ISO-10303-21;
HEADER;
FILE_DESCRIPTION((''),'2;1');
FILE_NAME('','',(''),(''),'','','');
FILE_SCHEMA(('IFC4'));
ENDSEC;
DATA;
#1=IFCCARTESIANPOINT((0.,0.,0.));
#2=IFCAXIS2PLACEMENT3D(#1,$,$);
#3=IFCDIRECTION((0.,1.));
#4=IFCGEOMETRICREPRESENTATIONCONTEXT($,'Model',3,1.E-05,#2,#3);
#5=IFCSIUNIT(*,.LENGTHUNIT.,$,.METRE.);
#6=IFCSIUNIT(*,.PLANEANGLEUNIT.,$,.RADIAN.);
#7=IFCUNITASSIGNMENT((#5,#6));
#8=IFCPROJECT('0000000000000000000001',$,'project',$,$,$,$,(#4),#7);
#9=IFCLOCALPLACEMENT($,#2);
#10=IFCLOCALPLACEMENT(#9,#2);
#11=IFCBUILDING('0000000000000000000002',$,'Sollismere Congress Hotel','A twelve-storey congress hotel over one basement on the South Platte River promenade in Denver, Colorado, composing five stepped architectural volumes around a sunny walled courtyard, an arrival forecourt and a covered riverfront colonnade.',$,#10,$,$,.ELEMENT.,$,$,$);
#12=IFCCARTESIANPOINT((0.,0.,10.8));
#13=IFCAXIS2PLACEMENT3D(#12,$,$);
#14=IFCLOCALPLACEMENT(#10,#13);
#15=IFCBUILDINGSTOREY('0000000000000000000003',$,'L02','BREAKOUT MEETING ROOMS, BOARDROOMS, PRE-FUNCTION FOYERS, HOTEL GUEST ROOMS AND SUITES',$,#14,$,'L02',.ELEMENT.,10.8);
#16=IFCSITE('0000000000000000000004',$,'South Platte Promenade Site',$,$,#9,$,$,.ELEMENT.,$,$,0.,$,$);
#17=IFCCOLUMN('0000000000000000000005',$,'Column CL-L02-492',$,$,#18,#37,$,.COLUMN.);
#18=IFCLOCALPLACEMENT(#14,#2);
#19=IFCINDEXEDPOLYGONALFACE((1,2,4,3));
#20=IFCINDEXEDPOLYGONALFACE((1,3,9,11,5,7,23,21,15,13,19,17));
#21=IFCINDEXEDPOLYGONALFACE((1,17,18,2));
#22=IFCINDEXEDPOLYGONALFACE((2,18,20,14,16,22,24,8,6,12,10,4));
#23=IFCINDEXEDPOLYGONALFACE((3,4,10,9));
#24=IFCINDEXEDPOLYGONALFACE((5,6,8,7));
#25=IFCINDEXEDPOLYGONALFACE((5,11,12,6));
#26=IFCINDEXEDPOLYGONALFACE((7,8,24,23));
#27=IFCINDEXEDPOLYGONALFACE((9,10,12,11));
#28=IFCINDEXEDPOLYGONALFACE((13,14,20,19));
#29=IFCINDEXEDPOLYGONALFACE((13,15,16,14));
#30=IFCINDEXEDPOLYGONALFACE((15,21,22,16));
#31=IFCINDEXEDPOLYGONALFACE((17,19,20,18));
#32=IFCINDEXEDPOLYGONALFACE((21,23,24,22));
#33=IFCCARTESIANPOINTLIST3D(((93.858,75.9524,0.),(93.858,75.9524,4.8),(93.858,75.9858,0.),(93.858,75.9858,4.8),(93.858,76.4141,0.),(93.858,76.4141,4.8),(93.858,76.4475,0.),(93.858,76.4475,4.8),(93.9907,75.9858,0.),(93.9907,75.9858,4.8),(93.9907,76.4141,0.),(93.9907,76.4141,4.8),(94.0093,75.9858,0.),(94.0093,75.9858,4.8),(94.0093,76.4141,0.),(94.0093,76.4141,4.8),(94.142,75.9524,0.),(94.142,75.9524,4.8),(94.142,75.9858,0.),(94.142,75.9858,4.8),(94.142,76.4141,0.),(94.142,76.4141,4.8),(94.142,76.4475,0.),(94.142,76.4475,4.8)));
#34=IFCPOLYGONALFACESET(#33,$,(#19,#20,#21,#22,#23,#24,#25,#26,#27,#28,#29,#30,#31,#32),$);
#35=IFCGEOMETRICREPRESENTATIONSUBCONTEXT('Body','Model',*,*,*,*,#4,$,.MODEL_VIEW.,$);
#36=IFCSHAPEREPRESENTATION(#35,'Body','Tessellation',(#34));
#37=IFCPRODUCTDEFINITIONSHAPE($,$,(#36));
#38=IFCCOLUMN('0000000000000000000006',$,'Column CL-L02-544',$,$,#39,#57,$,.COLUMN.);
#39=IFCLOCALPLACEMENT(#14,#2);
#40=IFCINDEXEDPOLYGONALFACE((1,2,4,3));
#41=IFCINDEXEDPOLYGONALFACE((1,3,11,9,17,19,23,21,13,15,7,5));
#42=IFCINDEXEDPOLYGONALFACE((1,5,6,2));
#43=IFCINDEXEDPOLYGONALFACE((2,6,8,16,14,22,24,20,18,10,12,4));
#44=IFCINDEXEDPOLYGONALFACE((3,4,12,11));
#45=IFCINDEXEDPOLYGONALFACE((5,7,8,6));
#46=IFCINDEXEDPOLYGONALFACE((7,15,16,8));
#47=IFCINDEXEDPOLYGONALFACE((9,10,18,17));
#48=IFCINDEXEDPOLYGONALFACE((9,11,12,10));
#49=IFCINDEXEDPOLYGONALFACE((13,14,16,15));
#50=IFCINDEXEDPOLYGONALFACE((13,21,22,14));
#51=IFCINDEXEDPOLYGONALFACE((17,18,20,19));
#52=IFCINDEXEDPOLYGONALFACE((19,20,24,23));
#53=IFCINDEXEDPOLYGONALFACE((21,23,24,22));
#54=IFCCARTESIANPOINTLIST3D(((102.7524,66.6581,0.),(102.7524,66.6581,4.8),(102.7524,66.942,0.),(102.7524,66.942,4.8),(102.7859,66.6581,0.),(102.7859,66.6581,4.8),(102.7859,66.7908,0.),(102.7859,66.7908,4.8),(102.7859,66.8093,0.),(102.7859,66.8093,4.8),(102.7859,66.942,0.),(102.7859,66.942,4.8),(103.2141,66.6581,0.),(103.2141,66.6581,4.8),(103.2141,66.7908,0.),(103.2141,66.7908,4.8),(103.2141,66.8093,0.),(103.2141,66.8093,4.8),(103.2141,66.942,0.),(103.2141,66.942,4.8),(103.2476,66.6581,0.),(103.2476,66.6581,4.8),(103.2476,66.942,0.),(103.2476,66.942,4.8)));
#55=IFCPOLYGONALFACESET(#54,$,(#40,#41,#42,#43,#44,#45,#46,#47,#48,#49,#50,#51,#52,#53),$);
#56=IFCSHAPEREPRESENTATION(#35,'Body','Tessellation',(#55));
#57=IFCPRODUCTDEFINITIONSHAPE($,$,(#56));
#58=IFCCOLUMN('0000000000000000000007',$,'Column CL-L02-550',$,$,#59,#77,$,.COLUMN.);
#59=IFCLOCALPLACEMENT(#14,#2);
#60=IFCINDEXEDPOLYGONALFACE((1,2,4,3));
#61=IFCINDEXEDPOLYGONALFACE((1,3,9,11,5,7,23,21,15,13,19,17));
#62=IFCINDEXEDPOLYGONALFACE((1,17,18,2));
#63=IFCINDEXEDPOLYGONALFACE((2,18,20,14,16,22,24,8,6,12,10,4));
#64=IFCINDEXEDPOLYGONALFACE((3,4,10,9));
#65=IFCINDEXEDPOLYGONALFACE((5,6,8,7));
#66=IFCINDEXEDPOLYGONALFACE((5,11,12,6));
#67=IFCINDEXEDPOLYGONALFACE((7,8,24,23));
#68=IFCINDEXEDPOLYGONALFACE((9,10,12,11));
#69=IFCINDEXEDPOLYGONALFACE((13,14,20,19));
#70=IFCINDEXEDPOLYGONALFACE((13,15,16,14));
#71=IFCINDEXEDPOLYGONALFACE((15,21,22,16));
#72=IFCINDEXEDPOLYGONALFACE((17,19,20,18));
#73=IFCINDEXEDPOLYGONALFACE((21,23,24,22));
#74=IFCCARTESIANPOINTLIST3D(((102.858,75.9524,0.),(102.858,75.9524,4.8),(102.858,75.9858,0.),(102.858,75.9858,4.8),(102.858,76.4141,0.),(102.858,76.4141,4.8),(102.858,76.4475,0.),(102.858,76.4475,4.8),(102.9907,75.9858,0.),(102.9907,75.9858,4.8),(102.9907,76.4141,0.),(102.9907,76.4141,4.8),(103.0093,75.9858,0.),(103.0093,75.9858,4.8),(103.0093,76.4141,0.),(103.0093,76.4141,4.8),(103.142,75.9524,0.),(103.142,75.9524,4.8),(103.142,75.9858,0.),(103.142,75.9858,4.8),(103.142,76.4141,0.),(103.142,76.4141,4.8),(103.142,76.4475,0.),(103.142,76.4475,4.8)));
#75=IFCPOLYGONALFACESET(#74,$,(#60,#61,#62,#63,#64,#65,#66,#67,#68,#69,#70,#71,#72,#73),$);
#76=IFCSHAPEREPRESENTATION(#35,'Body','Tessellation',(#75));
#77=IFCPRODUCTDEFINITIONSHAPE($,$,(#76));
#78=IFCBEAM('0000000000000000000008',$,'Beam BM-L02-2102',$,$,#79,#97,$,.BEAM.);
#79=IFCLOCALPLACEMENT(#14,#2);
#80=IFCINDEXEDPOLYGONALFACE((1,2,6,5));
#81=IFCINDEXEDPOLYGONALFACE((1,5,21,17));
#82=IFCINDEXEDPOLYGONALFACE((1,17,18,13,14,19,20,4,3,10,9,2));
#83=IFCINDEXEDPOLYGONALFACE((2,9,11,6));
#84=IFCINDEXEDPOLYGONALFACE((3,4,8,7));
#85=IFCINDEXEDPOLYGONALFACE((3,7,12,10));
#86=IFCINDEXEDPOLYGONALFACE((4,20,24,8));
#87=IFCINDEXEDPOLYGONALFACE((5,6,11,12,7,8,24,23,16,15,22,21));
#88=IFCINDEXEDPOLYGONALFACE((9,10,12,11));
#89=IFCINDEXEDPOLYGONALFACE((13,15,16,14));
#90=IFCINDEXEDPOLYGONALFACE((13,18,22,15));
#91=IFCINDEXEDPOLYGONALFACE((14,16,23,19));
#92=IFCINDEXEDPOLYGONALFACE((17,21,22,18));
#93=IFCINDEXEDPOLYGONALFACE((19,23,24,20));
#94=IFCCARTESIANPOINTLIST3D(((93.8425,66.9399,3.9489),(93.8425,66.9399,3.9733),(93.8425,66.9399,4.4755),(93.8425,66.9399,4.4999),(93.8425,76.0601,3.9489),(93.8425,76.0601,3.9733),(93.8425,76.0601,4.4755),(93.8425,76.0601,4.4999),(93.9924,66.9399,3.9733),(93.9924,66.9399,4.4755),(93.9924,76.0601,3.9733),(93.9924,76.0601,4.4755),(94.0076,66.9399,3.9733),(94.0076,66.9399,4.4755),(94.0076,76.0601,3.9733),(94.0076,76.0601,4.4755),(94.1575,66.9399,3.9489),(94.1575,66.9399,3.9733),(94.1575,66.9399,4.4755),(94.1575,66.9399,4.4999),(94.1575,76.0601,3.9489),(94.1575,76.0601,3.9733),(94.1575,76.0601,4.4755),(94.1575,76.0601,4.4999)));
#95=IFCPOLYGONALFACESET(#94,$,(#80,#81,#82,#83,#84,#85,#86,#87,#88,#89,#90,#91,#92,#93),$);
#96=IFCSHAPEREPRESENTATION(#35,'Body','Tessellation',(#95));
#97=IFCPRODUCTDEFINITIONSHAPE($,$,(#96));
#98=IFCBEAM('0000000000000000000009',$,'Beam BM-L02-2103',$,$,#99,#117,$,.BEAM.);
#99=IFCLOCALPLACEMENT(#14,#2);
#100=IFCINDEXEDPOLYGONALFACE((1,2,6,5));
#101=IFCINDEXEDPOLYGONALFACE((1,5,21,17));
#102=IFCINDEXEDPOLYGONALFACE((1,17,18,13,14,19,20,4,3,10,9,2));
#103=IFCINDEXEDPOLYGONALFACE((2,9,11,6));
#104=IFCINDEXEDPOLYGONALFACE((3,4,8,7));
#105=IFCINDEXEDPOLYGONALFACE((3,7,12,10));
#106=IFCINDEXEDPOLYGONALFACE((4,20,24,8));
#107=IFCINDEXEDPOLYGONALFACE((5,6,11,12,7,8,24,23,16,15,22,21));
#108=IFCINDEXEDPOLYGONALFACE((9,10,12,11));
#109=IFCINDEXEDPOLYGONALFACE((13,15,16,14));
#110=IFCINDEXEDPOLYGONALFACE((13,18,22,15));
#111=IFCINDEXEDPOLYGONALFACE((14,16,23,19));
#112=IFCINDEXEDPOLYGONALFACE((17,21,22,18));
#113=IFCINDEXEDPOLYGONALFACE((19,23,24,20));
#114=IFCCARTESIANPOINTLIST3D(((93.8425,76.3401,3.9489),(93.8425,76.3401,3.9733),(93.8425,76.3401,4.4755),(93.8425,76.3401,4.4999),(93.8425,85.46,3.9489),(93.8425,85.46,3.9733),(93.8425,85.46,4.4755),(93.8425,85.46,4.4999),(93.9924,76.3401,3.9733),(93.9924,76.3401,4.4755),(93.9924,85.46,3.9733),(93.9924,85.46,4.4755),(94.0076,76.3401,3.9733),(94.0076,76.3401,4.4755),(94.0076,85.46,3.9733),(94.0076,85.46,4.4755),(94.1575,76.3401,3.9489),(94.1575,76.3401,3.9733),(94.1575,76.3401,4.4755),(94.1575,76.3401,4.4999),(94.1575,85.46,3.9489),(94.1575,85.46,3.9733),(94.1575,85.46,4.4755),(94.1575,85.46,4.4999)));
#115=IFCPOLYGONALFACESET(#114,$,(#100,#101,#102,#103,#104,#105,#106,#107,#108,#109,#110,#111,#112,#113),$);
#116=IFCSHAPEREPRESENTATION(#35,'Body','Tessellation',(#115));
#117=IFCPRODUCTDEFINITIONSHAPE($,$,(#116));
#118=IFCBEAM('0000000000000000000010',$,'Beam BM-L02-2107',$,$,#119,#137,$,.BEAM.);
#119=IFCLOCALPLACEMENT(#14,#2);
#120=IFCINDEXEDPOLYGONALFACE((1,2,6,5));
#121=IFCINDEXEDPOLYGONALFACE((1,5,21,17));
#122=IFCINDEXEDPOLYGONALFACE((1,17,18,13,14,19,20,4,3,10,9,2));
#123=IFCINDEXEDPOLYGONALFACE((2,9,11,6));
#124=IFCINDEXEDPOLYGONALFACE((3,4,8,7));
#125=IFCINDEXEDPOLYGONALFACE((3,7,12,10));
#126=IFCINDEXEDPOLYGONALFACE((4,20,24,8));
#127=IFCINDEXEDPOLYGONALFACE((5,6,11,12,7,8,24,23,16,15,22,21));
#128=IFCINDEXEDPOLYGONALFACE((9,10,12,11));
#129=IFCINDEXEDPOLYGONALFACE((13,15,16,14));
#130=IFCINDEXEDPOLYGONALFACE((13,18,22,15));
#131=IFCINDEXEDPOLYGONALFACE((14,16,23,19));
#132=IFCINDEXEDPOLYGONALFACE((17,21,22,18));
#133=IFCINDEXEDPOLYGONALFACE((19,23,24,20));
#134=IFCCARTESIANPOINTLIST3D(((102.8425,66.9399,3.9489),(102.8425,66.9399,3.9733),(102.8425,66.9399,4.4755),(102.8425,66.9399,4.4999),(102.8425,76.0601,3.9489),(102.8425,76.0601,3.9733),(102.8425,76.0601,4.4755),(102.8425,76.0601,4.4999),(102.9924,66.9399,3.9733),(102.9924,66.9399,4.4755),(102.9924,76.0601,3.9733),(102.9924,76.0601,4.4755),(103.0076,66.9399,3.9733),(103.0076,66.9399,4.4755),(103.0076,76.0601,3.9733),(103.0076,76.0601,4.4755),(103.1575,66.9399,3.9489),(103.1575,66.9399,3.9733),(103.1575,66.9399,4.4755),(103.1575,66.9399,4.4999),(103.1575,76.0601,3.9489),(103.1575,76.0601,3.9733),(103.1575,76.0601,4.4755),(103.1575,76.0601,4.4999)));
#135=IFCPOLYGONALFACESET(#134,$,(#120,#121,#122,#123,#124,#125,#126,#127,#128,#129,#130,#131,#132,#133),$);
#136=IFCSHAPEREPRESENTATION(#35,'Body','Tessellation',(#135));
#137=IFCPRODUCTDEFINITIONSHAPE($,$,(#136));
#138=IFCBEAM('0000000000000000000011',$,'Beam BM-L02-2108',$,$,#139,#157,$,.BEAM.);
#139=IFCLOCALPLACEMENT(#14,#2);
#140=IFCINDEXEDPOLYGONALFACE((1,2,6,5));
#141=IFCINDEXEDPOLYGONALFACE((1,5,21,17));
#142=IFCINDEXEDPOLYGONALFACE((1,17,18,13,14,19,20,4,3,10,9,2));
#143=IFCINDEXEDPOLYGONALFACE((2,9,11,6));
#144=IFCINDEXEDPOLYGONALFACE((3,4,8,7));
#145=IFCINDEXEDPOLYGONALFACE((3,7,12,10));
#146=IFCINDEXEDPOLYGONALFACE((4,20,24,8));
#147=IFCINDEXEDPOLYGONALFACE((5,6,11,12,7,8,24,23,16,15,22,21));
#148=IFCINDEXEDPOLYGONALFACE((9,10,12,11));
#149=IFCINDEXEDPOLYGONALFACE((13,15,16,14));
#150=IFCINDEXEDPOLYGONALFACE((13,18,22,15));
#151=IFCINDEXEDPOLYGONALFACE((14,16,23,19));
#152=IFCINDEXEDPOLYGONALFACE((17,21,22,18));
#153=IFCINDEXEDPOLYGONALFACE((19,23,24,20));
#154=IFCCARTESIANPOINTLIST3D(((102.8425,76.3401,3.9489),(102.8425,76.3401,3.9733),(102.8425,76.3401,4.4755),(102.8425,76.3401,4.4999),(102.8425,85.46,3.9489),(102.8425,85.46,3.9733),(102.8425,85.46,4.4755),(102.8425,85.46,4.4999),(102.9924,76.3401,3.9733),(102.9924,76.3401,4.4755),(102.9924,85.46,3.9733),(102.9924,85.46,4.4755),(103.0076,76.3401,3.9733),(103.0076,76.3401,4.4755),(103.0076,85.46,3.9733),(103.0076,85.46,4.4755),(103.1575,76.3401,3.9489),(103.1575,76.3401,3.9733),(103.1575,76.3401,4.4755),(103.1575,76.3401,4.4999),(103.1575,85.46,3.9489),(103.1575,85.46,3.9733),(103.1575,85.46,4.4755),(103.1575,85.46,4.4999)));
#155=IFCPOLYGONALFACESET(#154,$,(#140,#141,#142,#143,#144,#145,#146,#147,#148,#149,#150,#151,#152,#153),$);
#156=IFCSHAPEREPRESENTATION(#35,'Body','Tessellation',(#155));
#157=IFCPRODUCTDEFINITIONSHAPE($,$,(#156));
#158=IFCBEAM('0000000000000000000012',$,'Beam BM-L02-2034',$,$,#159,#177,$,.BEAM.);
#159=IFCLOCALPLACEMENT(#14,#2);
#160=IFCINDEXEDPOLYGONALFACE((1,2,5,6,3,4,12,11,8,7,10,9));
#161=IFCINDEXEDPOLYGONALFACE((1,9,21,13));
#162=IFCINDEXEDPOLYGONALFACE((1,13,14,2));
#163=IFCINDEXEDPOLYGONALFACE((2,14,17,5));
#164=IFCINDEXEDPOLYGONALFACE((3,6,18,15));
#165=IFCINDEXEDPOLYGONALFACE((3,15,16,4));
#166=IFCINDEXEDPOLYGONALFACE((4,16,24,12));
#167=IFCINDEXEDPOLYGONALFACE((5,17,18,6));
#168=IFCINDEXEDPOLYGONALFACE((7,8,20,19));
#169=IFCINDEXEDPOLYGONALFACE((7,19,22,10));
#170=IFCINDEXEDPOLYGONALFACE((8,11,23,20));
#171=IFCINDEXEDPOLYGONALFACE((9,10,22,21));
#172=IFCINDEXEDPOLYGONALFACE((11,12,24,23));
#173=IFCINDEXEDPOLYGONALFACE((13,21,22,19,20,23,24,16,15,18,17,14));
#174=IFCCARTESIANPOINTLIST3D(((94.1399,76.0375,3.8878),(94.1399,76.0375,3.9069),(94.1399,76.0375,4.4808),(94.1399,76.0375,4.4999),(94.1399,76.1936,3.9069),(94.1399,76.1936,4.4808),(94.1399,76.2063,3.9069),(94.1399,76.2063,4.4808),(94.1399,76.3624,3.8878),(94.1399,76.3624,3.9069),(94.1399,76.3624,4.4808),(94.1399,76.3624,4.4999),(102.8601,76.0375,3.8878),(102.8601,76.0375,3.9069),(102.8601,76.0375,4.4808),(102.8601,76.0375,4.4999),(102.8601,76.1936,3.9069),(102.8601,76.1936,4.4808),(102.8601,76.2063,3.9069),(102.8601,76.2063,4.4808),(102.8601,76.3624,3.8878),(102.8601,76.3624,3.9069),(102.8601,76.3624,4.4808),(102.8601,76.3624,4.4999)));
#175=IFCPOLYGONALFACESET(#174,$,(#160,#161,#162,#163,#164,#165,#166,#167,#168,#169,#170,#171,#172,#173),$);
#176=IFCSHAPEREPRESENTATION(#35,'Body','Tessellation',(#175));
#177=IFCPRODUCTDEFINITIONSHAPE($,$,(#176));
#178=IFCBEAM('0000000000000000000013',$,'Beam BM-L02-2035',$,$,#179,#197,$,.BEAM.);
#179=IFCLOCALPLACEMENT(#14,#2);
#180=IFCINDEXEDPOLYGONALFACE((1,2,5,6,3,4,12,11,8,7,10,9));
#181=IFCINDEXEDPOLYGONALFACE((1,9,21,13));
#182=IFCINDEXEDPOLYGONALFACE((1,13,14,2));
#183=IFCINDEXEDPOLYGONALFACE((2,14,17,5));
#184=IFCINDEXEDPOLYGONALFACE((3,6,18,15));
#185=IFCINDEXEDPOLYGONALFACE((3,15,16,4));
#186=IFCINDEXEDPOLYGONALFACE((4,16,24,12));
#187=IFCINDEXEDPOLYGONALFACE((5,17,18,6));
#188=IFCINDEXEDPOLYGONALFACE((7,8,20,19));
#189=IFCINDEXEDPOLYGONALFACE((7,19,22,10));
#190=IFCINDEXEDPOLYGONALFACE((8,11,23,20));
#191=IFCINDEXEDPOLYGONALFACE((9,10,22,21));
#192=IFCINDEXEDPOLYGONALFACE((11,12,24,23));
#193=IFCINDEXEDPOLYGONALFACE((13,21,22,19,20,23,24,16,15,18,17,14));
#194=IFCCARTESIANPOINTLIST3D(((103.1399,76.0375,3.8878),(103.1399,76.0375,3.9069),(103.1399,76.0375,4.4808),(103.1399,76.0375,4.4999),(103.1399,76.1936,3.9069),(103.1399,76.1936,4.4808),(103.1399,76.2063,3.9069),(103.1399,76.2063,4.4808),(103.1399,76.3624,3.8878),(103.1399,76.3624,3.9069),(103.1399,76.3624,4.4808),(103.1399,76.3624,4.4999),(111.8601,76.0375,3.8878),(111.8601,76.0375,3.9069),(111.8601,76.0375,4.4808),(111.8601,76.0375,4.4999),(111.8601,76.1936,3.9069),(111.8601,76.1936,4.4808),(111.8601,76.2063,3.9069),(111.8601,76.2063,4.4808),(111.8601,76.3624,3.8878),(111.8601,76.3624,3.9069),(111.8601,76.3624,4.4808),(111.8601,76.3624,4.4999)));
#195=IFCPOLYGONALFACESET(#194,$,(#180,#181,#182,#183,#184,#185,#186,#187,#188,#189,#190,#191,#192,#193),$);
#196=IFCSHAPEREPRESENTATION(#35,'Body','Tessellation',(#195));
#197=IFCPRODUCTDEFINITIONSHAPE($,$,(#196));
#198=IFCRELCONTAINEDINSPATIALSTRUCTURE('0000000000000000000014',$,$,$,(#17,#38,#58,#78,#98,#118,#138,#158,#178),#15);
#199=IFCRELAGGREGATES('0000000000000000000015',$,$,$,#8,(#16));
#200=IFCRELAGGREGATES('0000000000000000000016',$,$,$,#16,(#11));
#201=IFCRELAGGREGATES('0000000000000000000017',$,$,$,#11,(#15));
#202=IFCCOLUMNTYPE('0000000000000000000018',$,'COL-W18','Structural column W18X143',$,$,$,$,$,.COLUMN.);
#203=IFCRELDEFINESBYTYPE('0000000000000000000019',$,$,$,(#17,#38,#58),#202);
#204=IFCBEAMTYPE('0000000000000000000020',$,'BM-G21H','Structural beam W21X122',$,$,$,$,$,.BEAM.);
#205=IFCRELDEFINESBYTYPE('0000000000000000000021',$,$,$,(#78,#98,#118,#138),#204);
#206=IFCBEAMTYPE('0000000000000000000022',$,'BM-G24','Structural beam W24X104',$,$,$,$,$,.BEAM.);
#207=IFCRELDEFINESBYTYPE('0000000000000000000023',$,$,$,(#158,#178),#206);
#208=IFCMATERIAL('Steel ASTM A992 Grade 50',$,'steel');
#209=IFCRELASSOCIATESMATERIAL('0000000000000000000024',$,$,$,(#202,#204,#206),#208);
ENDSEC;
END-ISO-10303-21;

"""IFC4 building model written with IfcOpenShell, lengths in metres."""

from ifc_helpers import new_model, si_unit, direction, frame, origin, origin_2d, place, context, subcontext, project, spatial, i_section, extrude, material, material_profile, profile_set, type_object, element, save


model = new_model("IFC4")

# Units and contexts
model_context = context("Model", 3, precision=1e-05, world=origin(), true_north=direction((0.0, 1.0)))
body_context = subcontext(model_context, "Body", "Model", "MODEL_VIEW")
ifc_project = project(units=[si_unit("LENGTHUNIT", "METRE"), si_unit("PLANEANGLEUNIT", "RADIAN")], contexts=[model_context])

# Site, building, storey
site_placement = place(None, origin())
site = spatial("IfcSite", under=ifc_project, at=site_placement, Name="South Platte Promenade Site", CompositionType="ELEMENT", RefElevation=0.0)
building_placement = place(site_placement, origin())
building = spatial("IfcBuilding", under=site, at=building_placement, Name="Sollismere Congress Hotel", Description="A twelve-storey congress hotel over one basement on the South Platte River promenade in Denver, Colorado, composing five stepped architectural volumes around a sunny walled courtyard, an arrival forecourt and a covered riverfront colonnade.", CompositionType="ELEMENT")
storey_placement = place(building_placement, frame((0.0, 0.0, 10.8)))
storey = spatial("IfcBuildingStorey", under=building, at=storey_placement, Name="L02", Description="BREAKOUT MEETING ROOMS, BOARDROOMS, PRE-FUNCTION FOYERS, HOTEL GUEST ROOMS AND SUITES", LongName="L02", CompositionType="ELEMENT", Elevation=10.8)

# Columns
ifc_material_1 = material(Name="Steel ASTM A992 Grade 50", Category="steel")
ifc_material_profile_1 = material_profile(ifc_material_1, i_section(OverallWidth=0.2839, OverallDepth=0.4951, WebThickness=0.0186, FlangeThickness=0.0334, at=origin_2d()), Name="W18X143")
ifc_profile_set_1 = profile_set([ifc_material_profile_1], Name="Steel ASTM A992 Grade 50")
column_type = type_object("IfcColumnType", Name="COL-W18", Description="Structural column W18X143", PredefinedType="COLUMN", material=ifc_profile_set_1)
for number, where, z_axis, x_axis, name in (
    (1, (94.0, 76.2, 0.0), (0.0, 0.0, 1.0), (1.0, 0.0, 0.0), "Column CL-L02-492"),
    (2, (103.0, 66.8, 0.0), (0.0, 0.0, 1.0), (0.0, 1.0, 0.0), "Column CL-L02-544"),
    (3, (103.0, 76.2, 0.0), (0.0, 0.0, 1.0), (1.0, 0.0, 0.0), "Column CL-L02-550"),
):
    element("IfcColumn", number, at=place(storey_placement, frame(where, z_axis=z_axis, x_axis=x_axis)), inside=storey, type_object=column_type, Name=name, PredefinedType="COLUMN", context=body_context, shape_type="SweptSolid", body=[
        extrude(i_section(OverallWidth=0.2839, OverallDepth=0.4951, WebThickness=0.0186, FlangeThickness=0.0334, at=origin_2d()), origin(), (0.0, 0.0, 1.0), 4.8),
    ])

# Beams
ifc_material_profile_2 = material_profile(ifc_material_1, i_section(OverallWidth=0.3149, OverallDepth=0.551, WebThickness=0.0151, FlangeThickness=0.0244, at=origin_2d()), Name="W21X122")
ifc_profile_set_2 = profile_set([ifc_material_profile_2], Name="Steel ASTM A992 Grade 50")
beam_type_1 = type_object("IfcBeamType", Name="BM-G21H", Description="Structural beam W21X122", PredefinedType="BEAM", material=ifc_profile_set_2)
beam_1_placement = place(storey_placement, frame((94.0, 66.9399, 4.2244), z_axis=(0.0, 1.0, 0.0), x_axis=(-1.0, 0.0, 0.0)))
element("IfcBeam", 4, at=beam_1_placement, inside=storey, type_object=beam_type_1, Name="Beam BM-L02-2102", PredefinedType="BEAM", context=body_context, shape_type="SweptSolid", body=[
    extrude(i_section(OverallWidth=0.3149, OverallDepth=0.551, WebThickness=0.0151, FlangeThickness=0.0244, at=origin_2d()), origin(), (0.0, 0.0, 1.0), 9.1201),
])
beam_2_placement = place(storey_placement, frame((94.0, 76.3401, 4.2244), z_axis=(0.0, 1.0, 0.0), x_axis=(-1.0, 0.0, 0.0)))
element("IfcBeam", 5, at=beam_2_placement, inside=storey, type_object=beam_type_1, Name="Beam BM-L02-2103", PredefinedType="BEAM", context=body_context, shape_type="SweptSolid", body=[
    extrude(i_section(OverallWidth=0.3149, OverallDepth=0.551, WebThickness=0.0151, FlangeThickness=0.0244, at=origin_2d()), origin(), (0.0, 0.0, 1.0), 9.1199),
])
beam_3_placement = place(storey_placement, frame((103.0, 66.9399, 4.2244), z_axis=(0.0, 1.0, 0.0), x_axis=(-1.0, 0.0, 0.0)))
element("IfcBeam", 6, at=beam_3_placement, inside=storey, type_object=beam_type_1, Name="Beam BM-L02-2107", PredefinedType="BEAM", context=body_context, shape_type="SweptSolid", body=[
    extrude(i_section(OverallWidth=0.3149, OverallDepth=0.551, WebThickness=0.0151, FlangeThickness=0.0244, at=origin_2d()), origin(), (0.0, 0.0, 1.0), 9.1201),
])
beam_4_placement = place(storey_placement, frame((103.0, 76.3401, 4.2244), z_axis=(0.0, 1.0, 0.0), x_axis=(-1.0, 0.0, 0.0)))
element("IfcBeam", 7, at=beam_4_placement, inside=storey, type_object=beam_type_1, Name="Beam BM-L02-2108", PredefinedType="BEAM", context=body_context, shape_type="SweptSolid", body=[
    extrude(i_section(OverallWidth=0.3149, OverallDepth=0.551, WebThickness=0.0151, FlangeThickness=0.0244, at=origin_2d()), origin(), (0.0, 0.0, 1.0), 9.1199),
])
ifc_material_profile_3 = material_profile(ifc_material_1, i_section(OverallWidth=0.325, OverallDepth=0.6121, WebThickness=0.0127, FlangeThickness=0.019, at=origin_2d()), Name="W24X104")
ifc_profile_set_3 = profile_set([ifc_material_profile_3], Name="Steel ASTM A992 Grade 50")
beam_type_2 = type_object("IfcBeamType", Name="BM-G24", Description="Structural beam W24X104", PredefinedType="BEAM", material=ifc_profile_set_3)
for number, where, z_axis, x_axis, name in (
    (8, (94.1399, 76.2, 4.1938), (1.0, 0.0, 0.0), (0.0, 1.0, 0.0), "Beam BM-L02-2034"),
    (9, (103.1399, 76.2, 4.1938), (1.0, 0.0, 0.0), (0.0, 1.0, 0.0), "Beam BM-L02-2035"),
):
    element("IfcBeam", number, at=place(storey_placement, frame(where, z_axis=z_axis, x_axis=x_axis)), inside=storey, type_object=beam_type_2, Name=name, PredefinedType="BEAM", context=body_context, shape_type="SweptSolid", body=[
        extrude(i_section(OverallWidth=0.325, OverallDepth=0.6121, WebThickness=0.0127, FlangeThickness=0.019, at=origin_2d()), origin(), (0.0, 0.0, 1.0), 8.7202),
    ])

save(model, "model.ifc")
